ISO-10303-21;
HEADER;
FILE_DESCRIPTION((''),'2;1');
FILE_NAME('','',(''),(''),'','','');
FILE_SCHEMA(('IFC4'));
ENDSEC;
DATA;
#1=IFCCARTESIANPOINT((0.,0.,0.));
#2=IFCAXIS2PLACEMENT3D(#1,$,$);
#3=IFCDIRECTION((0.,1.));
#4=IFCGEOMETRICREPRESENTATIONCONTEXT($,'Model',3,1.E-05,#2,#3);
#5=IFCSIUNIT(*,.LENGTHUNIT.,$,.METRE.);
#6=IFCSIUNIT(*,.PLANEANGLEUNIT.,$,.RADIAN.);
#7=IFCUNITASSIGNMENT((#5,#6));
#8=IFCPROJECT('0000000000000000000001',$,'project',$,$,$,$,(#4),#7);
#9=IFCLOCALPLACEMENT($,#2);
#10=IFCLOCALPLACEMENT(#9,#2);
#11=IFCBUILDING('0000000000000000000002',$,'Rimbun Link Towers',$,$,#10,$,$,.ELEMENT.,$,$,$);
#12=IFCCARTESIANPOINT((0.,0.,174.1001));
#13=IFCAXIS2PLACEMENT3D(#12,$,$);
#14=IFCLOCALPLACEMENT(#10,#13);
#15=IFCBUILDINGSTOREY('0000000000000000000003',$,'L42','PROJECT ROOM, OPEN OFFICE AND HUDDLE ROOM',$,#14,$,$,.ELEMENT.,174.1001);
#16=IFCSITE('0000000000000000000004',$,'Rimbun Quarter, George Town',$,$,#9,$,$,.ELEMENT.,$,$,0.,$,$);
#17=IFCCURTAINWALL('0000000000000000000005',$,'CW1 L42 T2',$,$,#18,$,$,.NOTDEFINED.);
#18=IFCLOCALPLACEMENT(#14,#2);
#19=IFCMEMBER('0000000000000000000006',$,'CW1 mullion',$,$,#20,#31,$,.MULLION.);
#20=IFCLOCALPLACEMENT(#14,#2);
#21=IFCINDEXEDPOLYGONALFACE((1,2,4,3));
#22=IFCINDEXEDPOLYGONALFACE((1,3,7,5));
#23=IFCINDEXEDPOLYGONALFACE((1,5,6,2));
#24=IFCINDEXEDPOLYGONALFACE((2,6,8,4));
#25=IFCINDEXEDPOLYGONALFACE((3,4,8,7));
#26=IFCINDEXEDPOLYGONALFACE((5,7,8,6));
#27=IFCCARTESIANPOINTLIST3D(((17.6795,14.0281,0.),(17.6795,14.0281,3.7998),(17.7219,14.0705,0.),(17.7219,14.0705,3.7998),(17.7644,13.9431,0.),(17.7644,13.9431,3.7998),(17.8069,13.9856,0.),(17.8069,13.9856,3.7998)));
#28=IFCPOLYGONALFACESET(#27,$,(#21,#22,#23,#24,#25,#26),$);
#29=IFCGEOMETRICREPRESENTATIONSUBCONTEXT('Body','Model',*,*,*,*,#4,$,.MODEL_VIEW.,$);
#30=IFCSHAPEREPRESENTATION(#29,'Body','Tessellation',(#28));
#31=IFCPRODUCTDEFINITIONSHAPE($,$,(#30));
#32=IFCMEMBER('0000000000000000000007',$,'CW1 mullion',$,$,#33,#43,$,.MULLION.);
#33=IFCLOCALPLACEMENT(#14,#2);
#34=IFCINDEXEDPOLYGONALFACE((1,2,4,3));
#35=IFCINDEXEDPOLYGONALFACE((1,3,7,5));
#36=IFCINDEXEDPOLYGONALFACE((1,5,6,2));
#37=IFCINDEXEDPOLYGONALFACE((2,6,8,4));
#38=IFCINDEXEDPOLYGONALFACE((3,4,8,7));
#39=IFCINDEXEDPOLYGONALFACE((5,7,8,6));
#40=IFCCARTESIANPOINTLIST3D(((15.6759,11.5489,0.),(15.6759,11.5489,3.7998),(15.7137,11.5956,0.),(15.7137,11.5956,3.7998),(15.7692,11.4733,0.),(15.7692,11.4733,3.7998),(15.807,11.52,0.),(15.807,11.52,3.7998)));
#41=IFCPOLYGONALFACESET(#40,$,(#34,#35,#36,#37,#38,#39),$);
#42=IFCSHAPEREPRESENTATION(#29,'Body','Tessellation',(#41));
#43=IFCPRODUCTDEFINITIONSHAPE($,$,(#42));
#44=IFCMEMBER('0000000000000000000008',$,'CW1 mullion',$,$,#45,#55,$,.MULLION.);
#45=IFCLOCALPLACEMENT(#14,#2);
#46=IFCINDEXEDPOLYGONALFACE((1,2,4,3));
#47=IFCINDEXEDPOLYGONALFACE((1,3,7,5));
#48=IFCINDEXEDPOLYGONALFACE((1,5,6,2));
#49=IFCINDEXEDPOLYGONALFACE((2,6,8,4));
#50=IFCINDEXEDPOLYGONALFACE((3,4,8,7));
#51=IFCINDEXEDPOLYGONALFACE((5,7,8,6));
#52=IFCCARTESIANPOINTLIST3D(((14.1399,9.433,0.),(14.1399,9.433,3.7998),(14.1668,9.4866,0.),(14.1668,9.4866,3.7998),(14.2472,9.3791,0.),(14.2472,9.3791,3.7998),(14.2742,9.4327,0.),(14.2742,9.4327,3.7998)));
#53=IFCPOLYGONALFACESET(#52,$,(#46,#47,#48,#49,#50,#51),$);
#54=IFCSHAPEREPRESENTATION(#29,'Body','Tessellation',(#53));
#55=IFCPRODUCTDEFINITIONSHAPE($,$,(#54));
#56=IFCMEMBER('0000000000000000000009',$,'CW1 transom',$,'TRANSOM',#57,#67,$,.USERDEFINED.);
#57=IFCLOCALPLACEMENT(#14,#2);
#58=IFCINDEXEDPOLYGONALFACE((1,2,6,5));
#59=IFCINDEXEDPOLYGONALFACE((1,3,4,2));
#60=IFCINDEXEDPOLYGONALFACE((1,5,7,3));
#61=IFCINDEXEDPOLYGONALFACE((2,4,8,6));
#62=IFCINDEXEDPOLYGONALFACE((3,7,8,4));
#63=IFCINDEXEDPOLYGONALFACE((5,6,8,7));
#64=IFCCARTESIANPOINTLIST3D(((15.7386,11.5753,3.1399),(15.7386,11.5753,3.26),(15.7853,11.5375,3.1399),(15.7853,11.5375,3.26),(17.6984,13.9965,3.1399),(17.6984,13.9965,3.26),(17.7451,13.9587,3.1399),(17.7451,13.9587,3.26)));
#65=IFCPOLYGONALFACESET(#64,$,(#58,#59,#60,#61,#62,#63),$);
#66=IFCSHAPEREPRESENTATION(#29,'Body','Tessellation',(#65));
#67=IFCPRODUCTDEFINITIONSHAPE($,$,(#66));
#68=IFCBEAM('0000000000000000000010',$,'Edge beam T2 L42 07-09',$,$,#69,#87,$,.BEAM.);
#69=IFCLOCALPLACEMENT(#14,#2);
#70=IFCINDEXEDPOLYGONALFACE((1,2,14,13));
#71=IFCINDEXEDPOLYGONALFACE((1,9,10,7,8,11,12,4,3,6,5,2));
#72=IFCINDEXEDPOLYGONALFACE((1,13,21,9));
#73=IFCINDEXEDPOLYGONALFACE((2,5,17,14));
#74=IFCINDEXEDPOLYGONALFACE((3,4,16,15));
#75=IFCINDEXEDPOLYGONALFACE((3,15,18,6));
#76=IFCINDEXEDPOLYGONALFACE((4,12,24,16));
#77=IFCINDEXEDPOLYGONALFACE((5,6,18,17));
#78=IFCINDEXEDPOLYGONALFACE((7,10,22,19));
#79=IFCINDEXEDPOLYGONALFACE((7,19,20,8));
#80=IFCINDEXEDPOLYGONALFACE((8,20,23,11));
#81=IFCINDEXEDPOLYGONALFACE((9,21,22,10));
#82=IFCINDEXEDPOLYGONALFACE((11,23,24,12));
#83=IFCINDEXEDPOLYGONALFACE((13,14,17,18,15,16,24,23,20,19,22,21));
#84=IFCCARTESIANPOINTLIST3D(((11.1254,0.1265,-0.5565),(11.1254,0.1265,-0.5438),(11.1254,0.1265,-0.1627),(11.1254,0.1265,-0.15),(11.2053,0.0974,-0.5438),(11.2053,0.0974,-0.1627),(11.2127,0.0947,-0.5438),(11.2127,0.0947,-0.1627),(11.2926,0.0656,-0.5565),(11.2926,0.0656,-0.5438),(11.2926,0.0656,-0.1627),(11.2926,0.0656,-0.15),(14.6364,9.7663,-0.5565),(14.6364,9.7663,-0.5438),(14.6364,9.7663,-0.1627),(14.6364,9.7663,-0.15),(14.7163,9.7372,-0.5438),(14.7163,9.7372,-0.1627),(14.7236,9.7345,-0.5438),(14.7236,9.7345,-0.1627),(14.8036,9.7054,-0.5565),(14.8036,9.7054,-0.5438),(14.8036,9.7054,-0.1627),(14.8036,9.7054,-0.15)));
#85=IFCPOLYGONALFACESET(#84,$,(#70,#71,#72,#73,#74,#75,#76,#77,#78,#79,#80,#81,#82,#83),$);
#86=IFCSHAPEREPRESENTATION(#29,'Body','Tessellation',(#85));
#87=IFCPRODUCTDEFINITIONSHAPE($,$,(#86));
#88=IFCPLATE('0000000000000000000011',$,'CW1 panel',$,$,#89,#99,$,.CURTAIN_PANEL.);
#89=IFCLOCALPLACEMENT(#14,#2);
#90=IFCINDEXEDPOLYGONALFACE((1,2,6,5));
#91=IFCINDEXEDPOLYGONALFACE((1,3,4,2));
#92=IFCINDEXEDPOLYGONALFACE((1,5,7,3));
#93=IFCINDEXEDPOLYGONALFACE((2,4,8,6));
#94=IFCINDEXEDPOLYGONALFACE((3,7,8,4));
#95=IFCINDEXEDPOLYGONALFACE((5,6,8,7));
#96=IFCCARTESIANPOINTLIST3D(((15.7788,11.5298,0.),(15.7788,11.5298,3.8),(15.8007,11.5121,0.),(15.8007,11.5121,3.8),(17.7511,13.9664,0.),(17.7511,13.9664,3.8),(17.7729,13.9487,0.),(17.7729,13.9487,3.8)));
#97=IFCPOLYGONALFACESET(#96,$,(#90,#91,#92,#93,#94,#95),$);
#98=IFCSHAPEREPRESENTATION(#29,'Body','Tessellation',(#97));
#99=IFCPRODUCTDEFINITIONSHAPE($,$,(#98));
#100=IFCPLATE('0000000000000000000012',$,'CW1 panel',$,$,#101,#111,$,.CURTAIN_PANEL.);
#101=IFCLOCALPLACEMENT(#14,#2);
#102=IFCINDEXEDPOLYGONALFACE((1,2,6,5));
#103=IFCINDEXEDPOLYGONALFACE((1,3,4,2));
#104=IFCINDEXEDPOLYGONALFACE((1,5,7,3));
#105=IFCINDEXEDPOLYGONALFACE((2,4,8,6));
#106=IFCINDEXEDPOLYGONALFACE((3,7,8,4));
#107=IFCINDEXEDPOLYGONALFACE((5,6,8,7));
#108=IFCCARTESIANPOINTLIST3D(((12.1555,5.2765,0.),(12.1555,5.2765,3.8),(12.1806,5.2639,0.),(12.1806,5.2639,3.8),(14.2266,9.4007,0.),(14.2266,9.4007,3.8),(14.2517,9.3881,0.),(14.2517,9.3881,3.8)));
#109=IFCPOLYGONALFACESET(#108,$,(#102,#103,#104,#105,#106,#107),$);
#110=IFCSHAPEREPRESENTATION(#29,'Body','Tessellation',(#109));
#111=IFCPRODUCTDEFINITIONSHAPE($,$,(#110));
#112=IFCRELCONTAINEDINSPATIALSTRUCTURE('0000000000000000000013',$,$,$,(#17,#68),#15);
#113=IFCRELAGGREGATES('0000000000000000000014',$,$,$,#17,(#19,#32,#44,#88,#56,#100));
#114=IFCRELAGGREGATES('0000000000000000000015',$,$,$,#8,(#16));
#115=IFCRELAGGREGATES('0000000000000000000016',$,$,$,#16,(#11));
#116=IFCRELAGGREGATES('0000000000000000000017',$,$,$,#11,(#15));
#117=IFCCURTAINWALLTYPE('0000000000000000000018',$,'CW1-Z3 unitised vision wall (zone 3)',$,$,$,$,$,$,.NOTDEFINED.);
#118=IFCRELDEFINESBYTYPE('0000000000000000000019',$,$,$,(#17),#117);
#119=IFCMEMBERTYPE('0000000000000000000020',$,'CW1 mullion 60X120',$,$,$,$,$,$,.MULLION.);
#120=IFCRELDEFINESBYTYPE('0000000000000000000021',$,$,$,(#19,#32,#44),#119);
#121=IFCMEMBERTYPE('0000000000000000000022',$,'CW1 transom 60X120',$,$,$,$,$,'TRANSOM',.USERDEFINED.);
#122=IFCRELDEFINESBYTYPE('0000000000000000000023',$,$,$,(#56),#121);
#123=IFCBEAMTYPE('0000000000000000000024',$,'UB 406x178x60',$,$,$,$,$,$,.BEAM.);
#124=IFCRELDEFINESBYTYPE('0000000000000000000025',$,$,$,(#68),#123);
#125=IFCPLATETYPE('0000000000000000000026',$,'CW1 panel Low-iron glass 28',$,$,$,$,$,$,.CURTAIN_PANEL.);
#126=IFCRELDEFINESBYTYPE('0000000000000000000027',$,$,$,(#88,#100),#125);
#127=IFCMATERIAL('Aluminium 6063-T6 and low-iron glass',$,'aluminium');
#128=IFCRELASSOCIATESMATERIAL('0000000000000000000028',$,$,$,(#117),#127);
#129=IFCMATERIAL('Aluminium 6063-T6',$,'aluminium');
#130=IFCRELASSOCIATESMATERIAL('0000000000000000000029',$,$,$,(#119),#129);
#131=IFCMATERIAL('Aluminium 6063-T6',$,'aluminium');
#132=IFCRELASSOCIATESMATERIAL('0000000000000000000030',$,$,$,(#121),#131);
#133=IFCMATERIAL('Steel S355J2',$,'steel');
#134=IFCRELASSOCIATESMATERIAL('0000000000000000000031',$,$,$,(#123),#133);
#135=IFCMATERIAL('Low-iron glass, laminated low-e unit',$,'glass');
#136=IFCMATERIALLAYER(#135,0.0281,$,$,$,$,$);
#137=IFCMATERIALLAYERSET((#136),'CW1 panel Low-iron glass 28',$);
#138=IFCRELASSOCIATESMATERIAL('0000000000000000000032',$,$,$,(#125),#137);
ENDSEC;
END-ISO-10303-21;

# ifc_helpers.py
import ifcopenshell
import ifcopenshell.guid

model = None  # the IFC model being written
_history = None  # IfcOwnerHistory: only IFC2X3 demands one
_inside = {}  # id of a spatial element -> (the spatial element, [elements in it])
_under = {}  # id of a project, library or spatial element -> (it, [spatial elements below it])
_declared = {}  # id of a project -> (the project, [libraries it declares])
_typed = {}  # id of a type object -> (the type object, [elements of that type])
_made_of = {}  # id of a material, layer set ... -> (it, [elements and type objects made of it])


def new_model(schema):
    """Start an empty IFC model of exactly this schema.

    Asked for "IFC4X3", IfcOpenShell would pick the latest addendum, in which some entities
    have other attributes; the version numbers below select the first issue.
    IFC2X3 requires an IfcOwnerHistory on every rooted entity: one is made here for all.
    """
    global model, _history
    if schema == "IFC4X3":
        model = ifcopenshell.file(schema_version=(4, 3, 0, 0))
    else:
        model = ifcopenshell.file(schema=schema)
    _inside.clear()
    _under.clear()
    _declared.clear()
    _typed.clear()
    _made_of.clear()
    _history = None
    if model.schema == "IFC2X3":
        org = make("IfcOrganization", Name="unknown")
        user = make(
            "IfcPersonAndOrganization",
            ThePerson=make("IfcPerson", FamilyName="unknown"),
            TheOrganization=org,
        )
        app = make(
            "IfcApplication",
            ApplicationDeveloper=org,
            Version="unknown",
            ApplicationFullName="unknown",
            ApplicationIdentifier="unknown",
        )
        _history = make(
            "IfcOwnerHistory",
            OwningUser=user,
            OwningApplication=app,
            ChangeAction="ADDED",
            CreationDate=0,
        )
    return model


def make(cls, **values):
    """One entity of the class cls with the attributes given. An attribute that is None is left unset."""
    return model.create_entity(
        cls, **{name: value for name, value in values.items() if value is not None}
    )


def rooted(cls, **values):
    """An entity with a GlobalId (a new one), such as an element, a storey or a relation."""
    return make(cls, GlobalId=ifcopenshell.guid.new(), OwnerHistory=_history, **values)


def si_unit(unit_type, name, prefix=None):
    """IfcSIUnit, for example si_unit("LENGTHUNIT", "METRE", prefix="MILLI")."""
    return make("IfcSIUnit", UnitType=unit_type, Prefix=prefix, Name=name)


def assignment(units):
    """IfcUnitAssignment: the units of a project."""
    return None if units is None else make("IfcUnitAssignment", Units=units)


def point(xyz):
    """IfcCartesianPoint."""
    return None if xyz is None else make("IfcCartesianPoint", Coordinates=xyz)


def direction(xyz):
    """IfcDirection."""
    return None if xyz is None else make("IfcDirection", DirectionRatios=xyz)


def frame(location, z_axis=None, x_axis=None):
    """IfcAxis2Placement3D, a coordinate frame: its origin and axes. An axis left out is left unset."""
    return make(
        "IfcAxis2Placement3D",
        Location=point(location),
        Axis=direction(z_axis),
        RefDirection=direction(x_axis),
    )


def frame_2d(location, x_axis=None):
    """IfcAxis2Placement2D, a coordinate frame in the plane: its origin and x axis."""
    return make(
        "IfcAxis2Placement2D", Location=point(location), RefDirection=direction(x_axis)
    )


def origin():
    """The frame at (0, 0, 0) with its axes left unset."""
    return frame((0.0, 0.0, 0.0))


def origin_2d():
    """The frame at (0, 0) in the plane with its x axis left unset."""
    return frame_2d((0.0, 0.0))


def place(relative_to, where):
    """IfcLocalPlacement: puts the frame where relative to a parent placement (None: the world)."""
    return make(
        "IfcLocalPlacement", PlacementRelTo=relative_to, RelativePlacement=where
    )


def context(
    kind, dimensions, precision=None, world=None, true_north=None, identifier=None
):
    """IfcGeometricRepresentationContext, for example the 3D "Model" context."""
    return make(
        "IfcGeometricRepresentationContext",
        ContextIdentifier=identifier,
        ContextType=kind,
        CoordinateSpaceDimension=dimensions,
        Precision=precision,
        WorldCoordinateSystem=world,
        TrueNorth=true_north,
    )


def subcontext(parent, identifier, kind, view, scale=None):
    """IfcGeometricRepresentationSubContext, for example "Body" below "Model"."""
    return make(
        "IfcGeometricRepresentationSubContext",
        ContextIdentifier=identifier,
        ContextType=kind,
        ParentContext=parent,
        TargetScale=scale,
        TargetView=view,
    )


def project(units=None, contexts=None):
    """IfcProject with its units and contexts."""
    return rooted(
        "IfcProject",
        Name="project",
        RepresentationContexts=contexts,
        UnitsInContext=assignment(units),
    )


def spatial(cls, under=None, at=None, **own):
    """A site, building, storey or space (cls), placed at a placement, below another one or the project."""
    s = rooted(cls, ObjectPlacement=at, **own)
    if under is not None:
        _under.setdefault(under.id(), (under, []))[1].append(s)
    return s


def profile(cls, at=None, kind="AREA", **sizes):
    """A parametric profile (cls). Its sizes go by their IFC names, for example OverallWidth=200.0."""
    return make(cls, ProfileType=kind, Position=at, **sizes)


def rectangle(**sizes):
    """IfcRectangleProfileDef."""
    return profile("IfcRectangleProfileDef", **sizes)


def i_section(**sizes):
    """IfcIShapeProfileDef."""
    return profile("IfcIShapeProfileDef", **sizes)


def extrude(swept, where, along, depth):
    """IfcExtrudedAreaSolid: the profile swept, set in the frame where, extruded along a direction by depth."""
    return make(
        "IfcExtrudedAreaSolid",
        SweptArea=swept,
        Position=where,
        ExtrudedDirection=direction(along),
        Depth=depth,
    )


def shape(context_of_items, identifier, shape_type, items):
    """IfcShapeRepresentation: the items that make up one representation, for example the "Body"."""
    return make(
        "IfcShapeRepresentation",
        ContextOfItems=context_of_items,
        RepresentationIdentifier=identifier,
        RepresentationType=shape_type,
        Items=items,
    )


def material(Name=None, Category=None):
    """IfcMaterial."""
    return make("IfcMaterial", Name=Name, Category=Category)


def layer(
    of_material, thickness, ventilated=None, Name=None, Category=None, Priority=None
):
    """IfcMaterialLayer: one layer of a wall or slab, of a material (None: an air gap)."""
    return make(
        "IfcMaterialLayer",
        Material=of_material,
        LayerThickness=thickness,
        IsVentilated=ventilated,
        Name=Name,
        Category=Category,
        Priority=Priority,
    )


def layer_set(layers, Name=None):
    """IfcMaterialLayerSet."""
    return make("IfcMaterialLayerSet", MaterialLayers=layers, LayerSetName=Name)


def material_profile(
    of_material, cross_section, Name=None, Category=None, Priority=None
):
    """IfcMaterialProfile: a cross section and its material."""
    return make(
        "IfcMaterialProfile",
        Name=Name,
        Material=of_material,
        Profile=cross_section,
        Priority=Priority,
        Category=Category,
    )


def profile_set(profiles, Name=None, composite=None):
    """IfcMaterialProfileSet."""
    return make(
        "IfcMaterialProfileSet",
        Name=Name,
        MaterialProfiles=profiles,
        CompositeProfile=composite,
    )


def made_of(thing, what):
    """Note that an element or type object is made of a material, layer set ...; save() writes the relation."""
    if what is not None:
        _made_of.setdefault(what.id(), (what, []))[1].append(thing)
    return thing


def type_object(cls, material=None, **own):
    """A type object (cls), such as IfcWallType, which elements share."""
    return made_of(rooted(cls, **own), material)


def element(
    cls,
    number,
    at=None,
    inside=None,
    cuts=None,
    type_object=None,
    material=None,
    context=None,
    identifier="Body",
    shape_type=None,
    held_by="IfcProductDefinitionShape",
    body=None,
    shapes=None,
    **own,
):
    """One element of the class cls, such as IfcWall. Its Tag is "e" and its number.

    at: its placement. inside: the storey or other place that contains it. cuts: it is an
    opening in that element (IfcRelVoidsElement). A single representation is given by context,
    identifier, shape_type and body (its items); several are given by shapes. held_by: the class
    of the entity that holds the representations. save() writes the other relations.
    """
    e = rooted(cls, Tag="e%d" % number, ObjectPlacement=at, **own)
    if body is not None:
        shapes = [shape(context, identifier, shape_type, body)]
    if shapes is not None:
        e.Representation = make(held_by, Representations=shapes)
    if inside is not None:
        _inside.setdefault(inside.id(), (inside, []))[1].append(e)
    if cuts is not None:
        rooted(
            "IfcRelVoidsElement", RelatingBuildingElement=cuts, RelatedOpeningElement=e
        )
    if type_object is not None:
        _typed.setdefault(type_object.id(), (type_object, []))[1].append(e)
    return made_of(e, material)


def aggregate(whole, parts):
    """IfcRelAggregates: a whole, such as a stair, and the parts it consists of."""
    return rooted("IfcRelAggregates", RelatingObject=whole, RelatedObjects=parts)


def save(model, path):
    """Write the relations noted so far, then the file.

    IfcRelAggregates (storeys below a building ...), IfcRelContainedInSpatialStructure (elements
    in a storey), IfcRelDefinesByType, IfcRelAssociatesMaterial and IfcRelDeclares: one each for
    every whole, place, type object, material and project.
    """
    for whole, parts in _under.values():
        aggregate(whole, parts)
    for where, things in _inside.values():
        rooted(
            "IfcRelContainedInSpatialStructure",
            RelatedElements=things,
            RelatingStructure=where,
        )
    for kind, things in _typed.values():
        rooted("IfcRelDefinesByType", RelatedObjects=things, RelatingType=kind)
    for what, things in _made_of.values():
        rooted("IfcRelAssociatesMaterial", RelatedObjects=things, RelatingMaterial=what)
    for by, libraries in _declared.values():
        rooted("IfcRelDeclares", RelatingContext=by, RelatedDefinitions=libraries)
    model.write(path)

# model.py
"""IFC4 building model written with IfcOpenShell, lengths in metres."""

from ifc_helpers import new_model, si_unit, direction, frame, origin, origin_2d, place, context, subcontext, project, spatial, rectangle, i_section, extrude, material, layer, layer_set, material_profile, profile_set, type_object, element, aggregate, save


model = new_model("IFC4")

# Units and contexts
model_context = context("Model", 3, precision=1e-05, world=origin(), true_north=direction((0.0, 1.0)))
body_context = subcontext(model_context, "Body", "Model", "MODEL_VIEW")
ifc_project = project(units=[si_unit("LENGTHUNIT", "METRE"), si_unit("PLANEANGLEUNIT", "RADIAN")], contexts=[model_context])

# Site, building, storey
site_placement = place(None, origin())
site = spatial("IfcSite", under=ifc_project, at=site_placement, Name="Rimbun Quarter, George Town", CompositionType="ELEMENT", RefElevation=0.0)
building_placement = place(site_placement, origin())
building = spatial("IfcBuilding", under=site, at=building_placement, Name="Rimbun Link Towers", CompositionType="ELEMENT")
storey_placement = place(building_placement, frame((0.0, 0.0, 174.1001)))
storey = spatial("IfcBuildingStorey", under=building, at=storey_placement, Name="L42", Description="PROJECT ROOM, OPEN OFFICE AND HUDDLE ROOM", CompositionType="ELEMENT", Elevation=174.1001)

# Curtain wall, members
ifc_material_1 = material(Name="Aluminium 6063-T6 and low-iron glass", Category="aluminium")
curtain_wall_type = type_object("IfcCurtainWallType", Name="CW1-Z3 unitised vision wall (zone 3)", PredefinedType="NOTDEFINED", material=ifc_material_1)
curtain_wall_placement = place(storey_placement, origin())
curtain_wall = element("IfcCurtainWall", 1, at=curtain_wall_placement, inside=storey, type_object=curtain_wall_type, Name="CW1 L42 T2", PredefinedType="NOTDEFINED")
ifc_material_2 = material(Name="Aluminium 6063-T6", Category="aluminium")
ifc_material_profile_1 = material_profile(ifc_material_2, rectangle(XDim=0.1201, YDim=0.0601, at=origin_2d()), Name="MULLION 60X120")
ifc_profile_set_1 = profile_set([ifc_material_profile_1], Name="Aluminium 6063-T6")
member_type_1 = type_object("IfcMemberType", Name="CW1 mullion 60X120", PredefinedType="MULLION", material=ifc_profile_set_1)
member_1_placement = place(storey_placement, frame((17.7432, 14.0068, 0.0), z_axis=(0.0, 0.0, 1.0), x_axis=(-0.707107, 0.707107, 0.0)))
member_1 = element("IfcMember", 2, at=member_1_placement, type_object=member_type_1, Name="CW1 mullion", PredefinedType="MULLION", context=body_context, shape_type="SweptSolid", body=[
    extrude(rectangle(XDim=0.1201, YDim=0.0601, at=origin_2d()), origin(), (0.0, 0.0, 1.0), 3.7998),
])
member_2_placement = place(storey_placement, frame((15.7415, 11.5344, 0.0), z_axis=(0.0, 0.0, 1.0), x_axis=(-0.777278, 0.629158, 0.0)))
member_2 = element("IfcMember", 3, at=member_2_placement, type_object=member_type_1, Name="CW1 mullion", PredefinedType="MULLION", context=body_context, shape_type="SweptSolid", body=[
    extrude(rectangle(XDim=0.1201, YDim=0.0601, at=origin_2d()), origin(), (0.0, 0.0, 1.0), 3.7998),
])
member_3_placement = place(storey_placement, frame((14.207, 9.4329, 0.0), z_axis=(0.0, 0.0, 1.0), x_axis=(-0.893646, 0.448773, 0.0)))
member_3 = element("IfcMember", 4, at=member_3_placement, type_object=member_type_1, Name="CW1 mullion", PredefinedType="MULLION", context=body_context, shape_type="SweptSolid", body=[
    extrude(rectangle(XDim=0.1201, YDim=0.0601, at=origin_2d()), origin(), (0.0, 0.0, 1.0), 3.7998),
])
ifc_material_3 = material(Name="Aluminium 6063-T6", Category="aluminium")
ifc_material_profile_2 = material_profile(ifc_material_3, rectangle(XDim=0.0601, YDim=0.1201, at=origin_2d()), Name="TRANSOM 60X120")
ifc_profile_set_2 = profile_set([ifc_material_profile_2], Name="Aluminium 6063-T6")
member_type_2 = type_object("IfcMemberType", Name="CW1 transom 60X120", ElementType="TRANSOM", PredefinedType="USERDEFINED", material=ifc_profile_set_2)
member_4_placement = place(storey_placement, frame((15.762, 11.5564, 3.2), z_axis=(0.629149, 0.777285, 0.0), x_axis=(-0.777285, 0.629149, 0.0)))
member_4 = element("IfcMember", 5, at=member_4_placement, type_object=member_type_2, Name="CW1 transom", ObjectType="TRANSOM", PredefinedType="USERDEFINED", context=body_context, shape_type="SweptSolid", body=[
    extrude(rectangle(XDim=0.0601, YDim=0.1201, at=origin_2d()), origin(), (0.0, 0.0, 1.0), 3.115),
])

# Beam
ifc_material_4 = material(Name="Steel S355J2", Category="steel")
ifc_material_profile_3 = material_profile(ifc_material_4, i_section(OverallWidth=0.178, OverallDepth=0.4065, WebThickness=0.0078, FlangeThickness=0.0127, at=origin_2d()), Name="UB 406x178x60")
ifc_profile_set_3 = profile_set([ifc_material_profile_3], Name="Steel S355J2")
beam_type = type_object("IfcBeamType", Name="UB 406x178x60", PredefinedType="BEAM", material=ifc_profile_set_3)
beam_placement = place(storey_placement, frame((14.72, 9.7358, -0.3533), z_axis=(-0.342223, -0.939619, 0.0), x_axis=(0.939619, -0.342223, 0.0)))
element("IfcBeam", 6, at=beam_placement, inside=storey, type_object=beam_type, Name="Edge beam T2 L42 07-09", PredefinedType="BEAM", context=body_context, shape_type="SweptSolid", body=[
    extrude(i_section(OverallWidth=0.178, OverallDepth=0.4065, WebThickness=0.0078, FlangeThickness=0.0127, at=origin_2d()), origin(), (0.0, 0.0, 1.0), 10.2593),
])

# Plates
ifc_material_5 = material(Name="Low-iron glass, laminated low-e unit", Category="glass")
ifc_layer_1 = layer(ifc_material_5, 0.0281)
ifc_layer_set_1 = layer_set([ifc_layer_1], Name="CW1 panel Low-iron glass 28")
plate_type = type_object("IfcPlateType", Name="CW1 panel Low-iron glass 28", PredefinedType="CURTAIN_PANEL", material=ifc_layer_set_1)
plate_1_placement = place(storey_placement, frame((16.7759, 12.7393, 0.0), z_axis=(0.0, 0.0, 1.0), x_axis=(0.629158, 0.777278, 0.0)))
plate_1 = element("IfcPlate", 7, at=plate_1_placement, type_object=plate_type, Name="CW1 panel", PredefinedType="CURTAIN_PANEL", context=body_context, shape_type="SweptSolid", body=[
    extrude(rectangle(XDim=3.1348, YDim=0.0281, at=origin_2d()), origin(), (0.0, 0.0, 1.0), 3.8),
])
plate_2_placement = place(storey_placement, frame((13.2036, 7.3323, 0.0), z_axis=(0.0, 0.0, 1.0), x_axis=(0.448773, 0.893646, 0.0)))
plate_2 = element("IfcPlate", 8, at=plate_2_placement, type_object=plate_type, Name="CW1 panel", PredefinedType="CURTAIN_PANEL", context=body_context, shape_type="SweptSolid", body=[
    extrude(rectangle(XDim=4.615, YDim=0.0281, at=origin_2d()), origin(), (0.0, 0.0, 1.0), 3.8),
])
aggregate(curtain_wall, [member_1, member_2, member_3, plate_1, member_4, plate_2])

save(model, "model.ifc")
